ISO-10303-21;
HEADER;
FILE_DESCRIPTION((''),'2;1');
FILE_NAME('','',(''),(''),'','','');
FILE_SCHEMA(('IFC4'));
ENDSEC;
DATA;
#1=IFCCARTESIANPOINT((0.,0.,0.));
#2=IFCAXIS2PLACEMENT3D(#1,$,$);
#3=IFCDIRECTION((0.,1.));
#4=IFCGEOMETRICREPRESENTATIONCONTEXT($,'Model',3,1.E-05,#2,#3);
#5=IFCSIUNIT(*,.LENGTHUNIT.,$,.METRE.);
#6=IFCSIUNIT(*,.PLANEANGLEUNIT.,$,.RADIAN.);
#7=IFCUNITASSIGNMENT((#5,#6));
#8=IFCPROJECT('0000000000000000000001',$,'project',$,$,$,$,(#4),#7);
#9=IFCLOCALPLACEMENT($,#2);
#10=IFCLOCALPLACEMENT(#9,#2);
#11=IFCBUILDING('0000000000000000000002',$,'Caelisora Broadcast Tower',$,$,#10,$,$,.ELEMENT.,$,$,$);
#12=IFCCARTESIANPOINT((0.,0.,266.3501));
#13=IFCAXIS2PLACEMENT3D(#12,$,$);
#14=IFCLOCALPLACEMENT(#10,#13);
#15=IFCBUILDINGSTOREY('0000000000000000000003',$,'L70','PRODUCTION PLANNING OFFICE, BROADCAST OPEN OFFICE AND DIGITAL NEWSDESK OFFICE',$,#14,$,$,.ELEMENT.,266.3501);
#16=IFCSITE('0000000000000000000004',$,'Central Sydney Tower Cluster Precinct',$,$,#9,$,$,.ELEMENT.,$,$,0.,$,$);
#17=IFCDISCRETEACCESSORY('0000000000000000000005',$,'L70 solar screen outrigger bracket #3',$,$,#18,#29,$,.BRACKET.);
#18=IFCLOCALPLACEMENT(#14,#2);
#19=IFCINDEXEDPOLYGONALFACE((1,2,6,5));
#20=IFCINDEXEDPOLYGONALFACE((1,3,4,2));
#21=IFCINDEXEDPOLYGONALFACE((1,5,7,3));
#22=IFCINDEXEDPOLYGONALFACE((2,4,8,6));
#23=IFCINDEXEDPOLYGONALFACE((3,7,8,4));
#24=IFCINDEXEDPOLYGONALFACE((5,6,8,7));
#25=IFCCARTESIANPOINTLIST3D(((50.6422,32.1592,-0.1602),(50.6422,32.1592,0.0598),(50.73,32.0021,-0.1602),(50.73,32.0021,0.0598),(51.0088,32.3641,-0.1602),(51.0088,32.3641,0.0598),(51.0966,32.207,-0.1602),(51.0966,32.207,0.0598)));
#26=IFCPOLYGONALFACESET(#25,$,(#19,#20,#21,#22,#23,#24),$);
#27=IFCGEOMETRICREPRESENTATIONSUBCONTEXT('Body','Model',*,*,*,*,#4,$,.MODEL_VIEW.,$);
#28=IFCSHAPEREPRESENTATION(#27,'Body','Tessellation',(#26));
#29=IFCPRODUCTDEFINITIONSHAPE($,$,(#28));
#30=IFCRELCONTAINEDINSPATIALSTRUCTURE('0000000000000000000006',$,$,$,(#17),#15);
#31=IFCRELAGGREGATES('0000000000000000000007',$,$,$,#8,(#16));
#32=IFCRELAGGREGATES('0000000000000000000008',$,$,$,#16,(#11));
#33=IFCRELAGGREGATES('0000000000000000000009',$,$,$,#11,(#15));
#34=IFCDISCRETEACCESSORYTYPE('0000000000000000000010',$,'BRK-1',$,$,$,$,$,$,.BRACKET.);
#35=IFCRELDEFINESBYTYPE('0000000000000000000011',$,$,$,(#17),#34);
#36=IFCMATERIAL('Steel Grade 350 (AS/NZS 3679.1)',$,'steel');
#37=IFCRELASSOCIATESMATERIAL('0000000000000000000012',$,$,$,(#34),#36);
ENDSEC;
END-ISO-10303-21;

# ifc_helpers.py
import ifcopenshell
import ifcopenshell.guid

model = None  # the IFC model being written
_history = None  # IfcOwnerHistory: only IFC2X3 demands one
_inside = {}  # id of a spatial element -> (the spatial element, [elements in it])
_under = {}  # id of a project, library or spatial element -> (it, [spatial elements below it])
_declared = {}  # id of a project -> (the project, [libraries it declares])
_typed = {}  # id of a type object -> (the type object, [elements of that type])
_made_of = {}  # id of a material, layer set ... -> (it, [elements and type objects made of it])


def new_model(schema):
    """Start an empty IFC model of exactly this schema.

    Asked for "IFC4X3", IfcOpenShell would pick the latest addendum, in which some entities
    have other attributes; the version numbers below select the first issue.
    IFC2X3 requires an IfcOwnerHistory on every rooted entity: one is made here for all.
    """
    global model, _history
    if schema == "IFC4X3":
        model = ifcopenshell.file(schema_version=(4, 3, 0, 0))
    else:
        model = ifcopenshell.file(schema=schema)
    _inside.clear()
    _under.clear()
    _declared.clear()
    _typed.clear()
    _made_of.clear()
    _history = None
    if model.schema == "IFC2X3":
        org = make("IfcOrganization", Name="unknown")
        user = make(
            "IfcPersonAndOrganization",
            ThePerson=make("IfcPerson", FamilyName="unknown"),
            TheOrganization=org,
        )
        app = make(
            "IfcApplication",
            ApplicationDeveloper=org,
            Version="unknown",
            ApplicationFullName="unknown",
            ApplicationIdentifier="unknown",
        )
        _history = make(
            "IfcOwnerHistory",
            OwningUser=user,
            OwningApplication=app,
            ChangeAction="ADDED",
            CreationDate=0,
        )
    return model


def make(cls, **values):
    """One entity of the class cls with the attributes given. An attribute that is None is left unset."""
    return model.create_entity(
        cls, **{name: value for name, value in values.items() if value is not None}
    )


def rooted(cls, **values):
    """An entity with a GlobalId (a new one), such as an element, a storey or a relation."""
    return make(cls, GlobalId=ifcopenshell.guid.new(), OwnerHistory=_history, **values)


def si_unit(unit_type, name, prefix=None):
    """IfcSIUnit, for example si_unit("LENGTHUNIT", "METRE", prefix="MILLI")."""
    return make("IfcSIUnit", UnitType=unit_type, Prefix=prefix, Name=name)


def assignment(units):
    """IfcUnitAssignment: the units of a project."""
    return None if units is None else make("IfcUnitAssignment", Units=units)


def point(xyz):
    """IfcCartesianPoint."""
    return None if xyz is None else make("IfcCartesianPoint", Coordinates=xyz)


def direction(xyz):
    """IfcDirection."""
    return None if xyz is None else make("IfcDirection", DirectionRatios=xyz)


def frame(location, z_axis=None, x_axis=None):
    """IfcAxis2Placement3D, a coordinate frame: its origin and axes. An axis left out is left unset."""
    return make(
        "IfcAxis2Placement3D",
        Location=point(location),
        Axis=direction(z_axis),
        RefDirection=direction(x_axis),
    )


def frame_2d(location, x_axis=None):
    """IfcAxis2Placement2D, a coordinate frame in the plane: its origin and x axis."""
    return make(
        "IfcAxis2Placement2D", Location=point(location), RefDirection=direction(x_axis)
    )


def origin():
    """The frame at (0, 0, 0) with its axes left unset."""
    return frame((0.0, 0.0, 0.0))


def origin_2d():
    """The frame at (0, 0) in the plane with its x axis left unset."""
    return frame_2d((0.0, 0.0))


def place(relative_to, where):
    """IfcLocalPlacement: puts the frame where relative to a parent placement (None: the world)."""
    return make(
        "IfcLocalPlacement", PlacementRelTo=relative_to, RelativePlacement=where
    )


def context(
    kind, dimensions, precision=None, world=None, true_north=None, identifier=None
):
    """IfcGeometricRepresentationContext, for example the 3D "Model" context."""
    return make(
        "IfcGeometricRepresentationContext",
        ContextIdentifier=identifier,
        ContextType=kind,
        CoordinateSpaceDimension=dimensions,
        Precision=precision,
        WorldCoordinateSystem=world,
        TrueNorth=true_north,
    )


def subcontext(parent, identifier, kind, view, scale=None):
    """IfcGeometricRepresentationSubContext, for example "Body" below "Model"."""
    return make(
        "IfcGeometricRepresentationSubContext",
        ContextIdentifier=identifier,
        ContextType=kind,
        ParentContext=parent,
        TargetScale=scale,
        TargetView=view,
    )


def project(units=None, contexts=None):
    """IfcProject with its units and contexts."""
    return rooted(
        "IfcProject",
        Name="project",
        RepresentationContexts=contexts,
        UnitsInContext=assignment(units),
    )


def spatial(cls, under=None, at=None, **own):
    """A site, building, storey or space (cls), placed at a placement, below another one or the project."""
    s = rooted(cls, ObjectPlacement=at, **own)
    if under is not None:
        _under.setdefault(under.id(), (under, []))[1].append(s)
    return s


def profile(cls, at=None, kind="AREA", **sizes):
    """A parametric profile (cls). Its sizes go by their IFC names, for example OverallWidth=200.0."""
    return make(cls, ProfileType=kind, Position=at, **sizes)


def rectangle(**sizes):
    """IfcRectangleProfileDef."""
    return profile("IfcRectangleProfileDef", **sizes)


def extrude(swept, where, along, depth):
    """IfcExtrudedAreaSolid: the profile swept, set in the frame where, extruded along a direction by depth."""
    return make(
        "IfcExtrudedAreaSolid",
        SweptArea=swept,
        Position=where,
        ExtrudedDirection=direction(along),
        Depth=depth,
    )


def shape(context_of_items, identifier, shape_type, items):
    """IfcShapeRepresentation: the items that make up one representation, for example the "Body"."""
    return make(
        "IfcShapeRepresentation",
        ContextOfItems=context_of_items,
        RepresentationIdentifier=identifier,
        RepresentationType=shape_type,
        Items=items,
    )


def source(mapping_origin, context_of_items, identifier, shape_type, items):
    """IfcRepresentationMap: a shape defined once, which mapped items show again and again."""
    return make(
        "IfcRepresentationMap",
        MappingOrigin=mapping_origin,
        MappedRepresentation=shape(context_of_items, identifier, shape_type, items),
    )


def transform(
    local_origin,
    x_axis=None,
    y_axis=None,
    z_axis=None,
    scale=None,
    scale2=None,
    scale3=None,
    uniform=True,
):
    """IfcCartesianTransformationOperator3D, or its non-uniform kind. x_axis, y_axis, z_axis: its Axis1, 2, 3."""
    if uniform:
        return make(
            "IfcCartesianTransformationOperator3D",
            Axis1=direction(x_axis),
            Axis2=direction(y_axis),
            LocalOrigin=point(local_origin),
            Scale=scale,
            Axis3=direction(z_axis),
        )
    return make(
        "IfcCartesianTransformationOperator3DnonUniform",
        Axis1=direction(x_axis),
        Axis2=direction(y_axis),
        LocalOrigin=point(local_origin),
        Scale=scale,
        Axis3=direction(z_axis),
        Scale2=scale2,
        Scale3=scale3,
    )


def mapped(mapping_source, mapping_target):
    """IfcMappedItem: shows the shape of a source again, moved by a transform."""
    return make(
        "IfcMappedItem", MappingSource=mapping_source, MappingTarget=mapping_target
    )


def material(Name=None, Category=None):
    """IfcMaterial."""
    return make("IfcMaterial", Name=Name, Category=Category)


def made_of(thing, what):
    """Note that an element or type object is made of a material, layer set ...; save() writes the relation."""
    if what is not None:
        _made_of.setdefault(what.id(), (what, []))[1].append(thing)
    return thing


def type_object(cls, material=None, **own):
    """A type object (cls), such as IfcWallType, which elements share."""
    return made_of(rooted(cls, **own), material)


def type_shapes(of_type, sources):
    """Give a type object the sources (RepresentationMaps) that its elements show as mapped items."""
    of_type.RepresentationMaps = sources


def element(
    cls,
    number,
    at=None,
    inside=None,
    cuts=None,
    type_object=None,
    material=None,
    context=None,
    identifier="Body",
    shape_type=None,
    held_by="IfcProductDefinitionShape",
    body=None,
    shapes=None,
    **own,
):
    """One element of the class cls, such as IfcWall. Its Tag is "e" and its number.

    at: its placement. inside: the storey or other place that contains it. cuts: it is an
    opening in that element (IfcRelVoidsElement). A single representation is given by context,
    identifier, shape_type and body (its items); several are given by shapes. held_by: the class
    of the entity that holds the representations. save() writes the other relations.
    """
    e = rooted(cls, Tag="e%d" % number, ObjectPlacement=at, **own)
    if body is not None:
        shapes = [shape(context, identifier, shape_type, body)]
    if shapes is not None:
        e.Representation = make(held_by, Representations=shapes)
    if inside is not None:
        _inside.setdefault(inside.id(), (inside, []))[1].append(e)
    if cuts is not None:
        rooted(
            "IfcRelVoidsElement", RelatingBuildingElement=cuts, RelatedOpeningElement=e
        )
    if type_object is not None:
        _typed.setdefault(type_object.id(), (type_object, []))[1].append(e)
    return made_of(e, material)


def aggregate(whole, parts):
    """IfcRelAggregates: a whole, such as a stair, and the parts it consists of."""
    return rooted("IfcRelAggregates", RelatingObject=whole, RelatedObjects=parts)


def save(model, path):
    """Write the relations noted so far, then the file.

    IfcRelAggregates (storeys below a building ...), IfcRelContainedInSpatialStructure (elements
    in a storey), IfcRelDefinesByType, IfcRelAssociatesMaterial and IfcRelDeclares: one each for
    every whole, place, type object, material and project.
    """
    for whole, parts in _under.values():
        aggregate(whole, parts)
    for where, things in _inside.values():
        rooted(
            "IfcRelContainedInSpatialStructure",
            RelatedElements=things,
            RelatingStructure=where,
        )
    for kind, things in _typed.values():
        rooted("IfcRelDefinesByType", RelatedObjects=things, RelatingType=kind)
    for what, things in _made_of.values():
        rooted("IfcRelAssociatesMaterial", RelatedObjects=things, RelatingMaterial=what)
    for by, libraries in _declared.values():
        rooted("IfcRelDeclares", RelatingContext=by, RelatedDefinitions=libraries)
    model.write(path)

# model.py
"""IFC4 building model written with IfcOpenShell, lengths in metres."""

from ifc_helpers import new_model, si_unit, direction, frame, origin, origin_2d, place, context, subcontext, project, spatial, rectangle, extrude, source, transform, mapped, material, type_object, type_shapes, element, save


model = new_model("IFC4")

# Units and contexts
model_context = context("Model", 3, precision=1e-05, world=origin(), true_north=direction((0.0, 1.0)))
body_context = subcontext(model_context, "Body", "Model", "MODEL_VIEW")
ifc_project = project(units=[si_unit("LENGTHUNIT", "METRE"), si_unit("PLANEANGLEUNIT", "RADIAN")], contexts=[model_context])

# Site, building, storey
site_placement = place(None, origin())
site = spatial("IfcSite", under=ifc_project, at=site_placement, Name="Central Sydney Tower Cluster Precinct", CompositionType="ELEMENT", RefElevation=0.0)
building_placement = place(site_placement, origin())
building = spatial("IfcBuilding", under=site, at=building_placement, Name="Caelisora Broadcast Tower", CompositionType="ELEMENT")
storey_placement = place(building_placement, frame((0.0, 0.0, 266.3501)))
storey = spatial("IfcBuildingStorey", under=building, at=storey_placement, Name="L70", Description="PRODUCTION PLANNING OFFICE, BROADCAST OPEN OFFICE AND DIGITAL NEWSDESK OFFICE", CompositionType="ELEMENT", Elevation=266.3501)

# Shared definitions
ifc_material_1 = material(Name="Steel Grade 350 (AS/NZS 3679.1)", Category="steel")

# Discrete accessory
discrete_accessory_type = type_object("IfcDiscreteAccessoryType", Name="BRK-1", PredefinedType="BRACKET", material=ifc_material_1)
shared_shape_1 = source(origin(), body_context, "Body", "SweptSolid", [
    extrude(rectangle(XDim=0.1799, YDim=0.4199, at=origin_2d()), origin(), (0.0, 0.0, 1.0), 0.22),
])
type_shapes(discrete_accessory_type, [shared_shape_1])
discrete_accessory_placement = place(storey_placement, frame((50.8694, 32.1831, -0.1602), z_axis=(0.0, 0.0, 1.0), x_axis=(-0.48786, 0.872922, 0.0)))
element("IfcDiscreteAccessory", 1, at=discrete_accessory_placement, inside=storey, type_object=discrete_accessory_type, Name="L70 solar screen outrigger bracket #3", PredefinedType="BRACKET", context=body_context, shape_type="MappedRepresentation", body=[
    mapped(shared_shape_1, transform((0.0, 0.0, 0.0), scale=1.0)),
])

save(model, "model.ifc")
